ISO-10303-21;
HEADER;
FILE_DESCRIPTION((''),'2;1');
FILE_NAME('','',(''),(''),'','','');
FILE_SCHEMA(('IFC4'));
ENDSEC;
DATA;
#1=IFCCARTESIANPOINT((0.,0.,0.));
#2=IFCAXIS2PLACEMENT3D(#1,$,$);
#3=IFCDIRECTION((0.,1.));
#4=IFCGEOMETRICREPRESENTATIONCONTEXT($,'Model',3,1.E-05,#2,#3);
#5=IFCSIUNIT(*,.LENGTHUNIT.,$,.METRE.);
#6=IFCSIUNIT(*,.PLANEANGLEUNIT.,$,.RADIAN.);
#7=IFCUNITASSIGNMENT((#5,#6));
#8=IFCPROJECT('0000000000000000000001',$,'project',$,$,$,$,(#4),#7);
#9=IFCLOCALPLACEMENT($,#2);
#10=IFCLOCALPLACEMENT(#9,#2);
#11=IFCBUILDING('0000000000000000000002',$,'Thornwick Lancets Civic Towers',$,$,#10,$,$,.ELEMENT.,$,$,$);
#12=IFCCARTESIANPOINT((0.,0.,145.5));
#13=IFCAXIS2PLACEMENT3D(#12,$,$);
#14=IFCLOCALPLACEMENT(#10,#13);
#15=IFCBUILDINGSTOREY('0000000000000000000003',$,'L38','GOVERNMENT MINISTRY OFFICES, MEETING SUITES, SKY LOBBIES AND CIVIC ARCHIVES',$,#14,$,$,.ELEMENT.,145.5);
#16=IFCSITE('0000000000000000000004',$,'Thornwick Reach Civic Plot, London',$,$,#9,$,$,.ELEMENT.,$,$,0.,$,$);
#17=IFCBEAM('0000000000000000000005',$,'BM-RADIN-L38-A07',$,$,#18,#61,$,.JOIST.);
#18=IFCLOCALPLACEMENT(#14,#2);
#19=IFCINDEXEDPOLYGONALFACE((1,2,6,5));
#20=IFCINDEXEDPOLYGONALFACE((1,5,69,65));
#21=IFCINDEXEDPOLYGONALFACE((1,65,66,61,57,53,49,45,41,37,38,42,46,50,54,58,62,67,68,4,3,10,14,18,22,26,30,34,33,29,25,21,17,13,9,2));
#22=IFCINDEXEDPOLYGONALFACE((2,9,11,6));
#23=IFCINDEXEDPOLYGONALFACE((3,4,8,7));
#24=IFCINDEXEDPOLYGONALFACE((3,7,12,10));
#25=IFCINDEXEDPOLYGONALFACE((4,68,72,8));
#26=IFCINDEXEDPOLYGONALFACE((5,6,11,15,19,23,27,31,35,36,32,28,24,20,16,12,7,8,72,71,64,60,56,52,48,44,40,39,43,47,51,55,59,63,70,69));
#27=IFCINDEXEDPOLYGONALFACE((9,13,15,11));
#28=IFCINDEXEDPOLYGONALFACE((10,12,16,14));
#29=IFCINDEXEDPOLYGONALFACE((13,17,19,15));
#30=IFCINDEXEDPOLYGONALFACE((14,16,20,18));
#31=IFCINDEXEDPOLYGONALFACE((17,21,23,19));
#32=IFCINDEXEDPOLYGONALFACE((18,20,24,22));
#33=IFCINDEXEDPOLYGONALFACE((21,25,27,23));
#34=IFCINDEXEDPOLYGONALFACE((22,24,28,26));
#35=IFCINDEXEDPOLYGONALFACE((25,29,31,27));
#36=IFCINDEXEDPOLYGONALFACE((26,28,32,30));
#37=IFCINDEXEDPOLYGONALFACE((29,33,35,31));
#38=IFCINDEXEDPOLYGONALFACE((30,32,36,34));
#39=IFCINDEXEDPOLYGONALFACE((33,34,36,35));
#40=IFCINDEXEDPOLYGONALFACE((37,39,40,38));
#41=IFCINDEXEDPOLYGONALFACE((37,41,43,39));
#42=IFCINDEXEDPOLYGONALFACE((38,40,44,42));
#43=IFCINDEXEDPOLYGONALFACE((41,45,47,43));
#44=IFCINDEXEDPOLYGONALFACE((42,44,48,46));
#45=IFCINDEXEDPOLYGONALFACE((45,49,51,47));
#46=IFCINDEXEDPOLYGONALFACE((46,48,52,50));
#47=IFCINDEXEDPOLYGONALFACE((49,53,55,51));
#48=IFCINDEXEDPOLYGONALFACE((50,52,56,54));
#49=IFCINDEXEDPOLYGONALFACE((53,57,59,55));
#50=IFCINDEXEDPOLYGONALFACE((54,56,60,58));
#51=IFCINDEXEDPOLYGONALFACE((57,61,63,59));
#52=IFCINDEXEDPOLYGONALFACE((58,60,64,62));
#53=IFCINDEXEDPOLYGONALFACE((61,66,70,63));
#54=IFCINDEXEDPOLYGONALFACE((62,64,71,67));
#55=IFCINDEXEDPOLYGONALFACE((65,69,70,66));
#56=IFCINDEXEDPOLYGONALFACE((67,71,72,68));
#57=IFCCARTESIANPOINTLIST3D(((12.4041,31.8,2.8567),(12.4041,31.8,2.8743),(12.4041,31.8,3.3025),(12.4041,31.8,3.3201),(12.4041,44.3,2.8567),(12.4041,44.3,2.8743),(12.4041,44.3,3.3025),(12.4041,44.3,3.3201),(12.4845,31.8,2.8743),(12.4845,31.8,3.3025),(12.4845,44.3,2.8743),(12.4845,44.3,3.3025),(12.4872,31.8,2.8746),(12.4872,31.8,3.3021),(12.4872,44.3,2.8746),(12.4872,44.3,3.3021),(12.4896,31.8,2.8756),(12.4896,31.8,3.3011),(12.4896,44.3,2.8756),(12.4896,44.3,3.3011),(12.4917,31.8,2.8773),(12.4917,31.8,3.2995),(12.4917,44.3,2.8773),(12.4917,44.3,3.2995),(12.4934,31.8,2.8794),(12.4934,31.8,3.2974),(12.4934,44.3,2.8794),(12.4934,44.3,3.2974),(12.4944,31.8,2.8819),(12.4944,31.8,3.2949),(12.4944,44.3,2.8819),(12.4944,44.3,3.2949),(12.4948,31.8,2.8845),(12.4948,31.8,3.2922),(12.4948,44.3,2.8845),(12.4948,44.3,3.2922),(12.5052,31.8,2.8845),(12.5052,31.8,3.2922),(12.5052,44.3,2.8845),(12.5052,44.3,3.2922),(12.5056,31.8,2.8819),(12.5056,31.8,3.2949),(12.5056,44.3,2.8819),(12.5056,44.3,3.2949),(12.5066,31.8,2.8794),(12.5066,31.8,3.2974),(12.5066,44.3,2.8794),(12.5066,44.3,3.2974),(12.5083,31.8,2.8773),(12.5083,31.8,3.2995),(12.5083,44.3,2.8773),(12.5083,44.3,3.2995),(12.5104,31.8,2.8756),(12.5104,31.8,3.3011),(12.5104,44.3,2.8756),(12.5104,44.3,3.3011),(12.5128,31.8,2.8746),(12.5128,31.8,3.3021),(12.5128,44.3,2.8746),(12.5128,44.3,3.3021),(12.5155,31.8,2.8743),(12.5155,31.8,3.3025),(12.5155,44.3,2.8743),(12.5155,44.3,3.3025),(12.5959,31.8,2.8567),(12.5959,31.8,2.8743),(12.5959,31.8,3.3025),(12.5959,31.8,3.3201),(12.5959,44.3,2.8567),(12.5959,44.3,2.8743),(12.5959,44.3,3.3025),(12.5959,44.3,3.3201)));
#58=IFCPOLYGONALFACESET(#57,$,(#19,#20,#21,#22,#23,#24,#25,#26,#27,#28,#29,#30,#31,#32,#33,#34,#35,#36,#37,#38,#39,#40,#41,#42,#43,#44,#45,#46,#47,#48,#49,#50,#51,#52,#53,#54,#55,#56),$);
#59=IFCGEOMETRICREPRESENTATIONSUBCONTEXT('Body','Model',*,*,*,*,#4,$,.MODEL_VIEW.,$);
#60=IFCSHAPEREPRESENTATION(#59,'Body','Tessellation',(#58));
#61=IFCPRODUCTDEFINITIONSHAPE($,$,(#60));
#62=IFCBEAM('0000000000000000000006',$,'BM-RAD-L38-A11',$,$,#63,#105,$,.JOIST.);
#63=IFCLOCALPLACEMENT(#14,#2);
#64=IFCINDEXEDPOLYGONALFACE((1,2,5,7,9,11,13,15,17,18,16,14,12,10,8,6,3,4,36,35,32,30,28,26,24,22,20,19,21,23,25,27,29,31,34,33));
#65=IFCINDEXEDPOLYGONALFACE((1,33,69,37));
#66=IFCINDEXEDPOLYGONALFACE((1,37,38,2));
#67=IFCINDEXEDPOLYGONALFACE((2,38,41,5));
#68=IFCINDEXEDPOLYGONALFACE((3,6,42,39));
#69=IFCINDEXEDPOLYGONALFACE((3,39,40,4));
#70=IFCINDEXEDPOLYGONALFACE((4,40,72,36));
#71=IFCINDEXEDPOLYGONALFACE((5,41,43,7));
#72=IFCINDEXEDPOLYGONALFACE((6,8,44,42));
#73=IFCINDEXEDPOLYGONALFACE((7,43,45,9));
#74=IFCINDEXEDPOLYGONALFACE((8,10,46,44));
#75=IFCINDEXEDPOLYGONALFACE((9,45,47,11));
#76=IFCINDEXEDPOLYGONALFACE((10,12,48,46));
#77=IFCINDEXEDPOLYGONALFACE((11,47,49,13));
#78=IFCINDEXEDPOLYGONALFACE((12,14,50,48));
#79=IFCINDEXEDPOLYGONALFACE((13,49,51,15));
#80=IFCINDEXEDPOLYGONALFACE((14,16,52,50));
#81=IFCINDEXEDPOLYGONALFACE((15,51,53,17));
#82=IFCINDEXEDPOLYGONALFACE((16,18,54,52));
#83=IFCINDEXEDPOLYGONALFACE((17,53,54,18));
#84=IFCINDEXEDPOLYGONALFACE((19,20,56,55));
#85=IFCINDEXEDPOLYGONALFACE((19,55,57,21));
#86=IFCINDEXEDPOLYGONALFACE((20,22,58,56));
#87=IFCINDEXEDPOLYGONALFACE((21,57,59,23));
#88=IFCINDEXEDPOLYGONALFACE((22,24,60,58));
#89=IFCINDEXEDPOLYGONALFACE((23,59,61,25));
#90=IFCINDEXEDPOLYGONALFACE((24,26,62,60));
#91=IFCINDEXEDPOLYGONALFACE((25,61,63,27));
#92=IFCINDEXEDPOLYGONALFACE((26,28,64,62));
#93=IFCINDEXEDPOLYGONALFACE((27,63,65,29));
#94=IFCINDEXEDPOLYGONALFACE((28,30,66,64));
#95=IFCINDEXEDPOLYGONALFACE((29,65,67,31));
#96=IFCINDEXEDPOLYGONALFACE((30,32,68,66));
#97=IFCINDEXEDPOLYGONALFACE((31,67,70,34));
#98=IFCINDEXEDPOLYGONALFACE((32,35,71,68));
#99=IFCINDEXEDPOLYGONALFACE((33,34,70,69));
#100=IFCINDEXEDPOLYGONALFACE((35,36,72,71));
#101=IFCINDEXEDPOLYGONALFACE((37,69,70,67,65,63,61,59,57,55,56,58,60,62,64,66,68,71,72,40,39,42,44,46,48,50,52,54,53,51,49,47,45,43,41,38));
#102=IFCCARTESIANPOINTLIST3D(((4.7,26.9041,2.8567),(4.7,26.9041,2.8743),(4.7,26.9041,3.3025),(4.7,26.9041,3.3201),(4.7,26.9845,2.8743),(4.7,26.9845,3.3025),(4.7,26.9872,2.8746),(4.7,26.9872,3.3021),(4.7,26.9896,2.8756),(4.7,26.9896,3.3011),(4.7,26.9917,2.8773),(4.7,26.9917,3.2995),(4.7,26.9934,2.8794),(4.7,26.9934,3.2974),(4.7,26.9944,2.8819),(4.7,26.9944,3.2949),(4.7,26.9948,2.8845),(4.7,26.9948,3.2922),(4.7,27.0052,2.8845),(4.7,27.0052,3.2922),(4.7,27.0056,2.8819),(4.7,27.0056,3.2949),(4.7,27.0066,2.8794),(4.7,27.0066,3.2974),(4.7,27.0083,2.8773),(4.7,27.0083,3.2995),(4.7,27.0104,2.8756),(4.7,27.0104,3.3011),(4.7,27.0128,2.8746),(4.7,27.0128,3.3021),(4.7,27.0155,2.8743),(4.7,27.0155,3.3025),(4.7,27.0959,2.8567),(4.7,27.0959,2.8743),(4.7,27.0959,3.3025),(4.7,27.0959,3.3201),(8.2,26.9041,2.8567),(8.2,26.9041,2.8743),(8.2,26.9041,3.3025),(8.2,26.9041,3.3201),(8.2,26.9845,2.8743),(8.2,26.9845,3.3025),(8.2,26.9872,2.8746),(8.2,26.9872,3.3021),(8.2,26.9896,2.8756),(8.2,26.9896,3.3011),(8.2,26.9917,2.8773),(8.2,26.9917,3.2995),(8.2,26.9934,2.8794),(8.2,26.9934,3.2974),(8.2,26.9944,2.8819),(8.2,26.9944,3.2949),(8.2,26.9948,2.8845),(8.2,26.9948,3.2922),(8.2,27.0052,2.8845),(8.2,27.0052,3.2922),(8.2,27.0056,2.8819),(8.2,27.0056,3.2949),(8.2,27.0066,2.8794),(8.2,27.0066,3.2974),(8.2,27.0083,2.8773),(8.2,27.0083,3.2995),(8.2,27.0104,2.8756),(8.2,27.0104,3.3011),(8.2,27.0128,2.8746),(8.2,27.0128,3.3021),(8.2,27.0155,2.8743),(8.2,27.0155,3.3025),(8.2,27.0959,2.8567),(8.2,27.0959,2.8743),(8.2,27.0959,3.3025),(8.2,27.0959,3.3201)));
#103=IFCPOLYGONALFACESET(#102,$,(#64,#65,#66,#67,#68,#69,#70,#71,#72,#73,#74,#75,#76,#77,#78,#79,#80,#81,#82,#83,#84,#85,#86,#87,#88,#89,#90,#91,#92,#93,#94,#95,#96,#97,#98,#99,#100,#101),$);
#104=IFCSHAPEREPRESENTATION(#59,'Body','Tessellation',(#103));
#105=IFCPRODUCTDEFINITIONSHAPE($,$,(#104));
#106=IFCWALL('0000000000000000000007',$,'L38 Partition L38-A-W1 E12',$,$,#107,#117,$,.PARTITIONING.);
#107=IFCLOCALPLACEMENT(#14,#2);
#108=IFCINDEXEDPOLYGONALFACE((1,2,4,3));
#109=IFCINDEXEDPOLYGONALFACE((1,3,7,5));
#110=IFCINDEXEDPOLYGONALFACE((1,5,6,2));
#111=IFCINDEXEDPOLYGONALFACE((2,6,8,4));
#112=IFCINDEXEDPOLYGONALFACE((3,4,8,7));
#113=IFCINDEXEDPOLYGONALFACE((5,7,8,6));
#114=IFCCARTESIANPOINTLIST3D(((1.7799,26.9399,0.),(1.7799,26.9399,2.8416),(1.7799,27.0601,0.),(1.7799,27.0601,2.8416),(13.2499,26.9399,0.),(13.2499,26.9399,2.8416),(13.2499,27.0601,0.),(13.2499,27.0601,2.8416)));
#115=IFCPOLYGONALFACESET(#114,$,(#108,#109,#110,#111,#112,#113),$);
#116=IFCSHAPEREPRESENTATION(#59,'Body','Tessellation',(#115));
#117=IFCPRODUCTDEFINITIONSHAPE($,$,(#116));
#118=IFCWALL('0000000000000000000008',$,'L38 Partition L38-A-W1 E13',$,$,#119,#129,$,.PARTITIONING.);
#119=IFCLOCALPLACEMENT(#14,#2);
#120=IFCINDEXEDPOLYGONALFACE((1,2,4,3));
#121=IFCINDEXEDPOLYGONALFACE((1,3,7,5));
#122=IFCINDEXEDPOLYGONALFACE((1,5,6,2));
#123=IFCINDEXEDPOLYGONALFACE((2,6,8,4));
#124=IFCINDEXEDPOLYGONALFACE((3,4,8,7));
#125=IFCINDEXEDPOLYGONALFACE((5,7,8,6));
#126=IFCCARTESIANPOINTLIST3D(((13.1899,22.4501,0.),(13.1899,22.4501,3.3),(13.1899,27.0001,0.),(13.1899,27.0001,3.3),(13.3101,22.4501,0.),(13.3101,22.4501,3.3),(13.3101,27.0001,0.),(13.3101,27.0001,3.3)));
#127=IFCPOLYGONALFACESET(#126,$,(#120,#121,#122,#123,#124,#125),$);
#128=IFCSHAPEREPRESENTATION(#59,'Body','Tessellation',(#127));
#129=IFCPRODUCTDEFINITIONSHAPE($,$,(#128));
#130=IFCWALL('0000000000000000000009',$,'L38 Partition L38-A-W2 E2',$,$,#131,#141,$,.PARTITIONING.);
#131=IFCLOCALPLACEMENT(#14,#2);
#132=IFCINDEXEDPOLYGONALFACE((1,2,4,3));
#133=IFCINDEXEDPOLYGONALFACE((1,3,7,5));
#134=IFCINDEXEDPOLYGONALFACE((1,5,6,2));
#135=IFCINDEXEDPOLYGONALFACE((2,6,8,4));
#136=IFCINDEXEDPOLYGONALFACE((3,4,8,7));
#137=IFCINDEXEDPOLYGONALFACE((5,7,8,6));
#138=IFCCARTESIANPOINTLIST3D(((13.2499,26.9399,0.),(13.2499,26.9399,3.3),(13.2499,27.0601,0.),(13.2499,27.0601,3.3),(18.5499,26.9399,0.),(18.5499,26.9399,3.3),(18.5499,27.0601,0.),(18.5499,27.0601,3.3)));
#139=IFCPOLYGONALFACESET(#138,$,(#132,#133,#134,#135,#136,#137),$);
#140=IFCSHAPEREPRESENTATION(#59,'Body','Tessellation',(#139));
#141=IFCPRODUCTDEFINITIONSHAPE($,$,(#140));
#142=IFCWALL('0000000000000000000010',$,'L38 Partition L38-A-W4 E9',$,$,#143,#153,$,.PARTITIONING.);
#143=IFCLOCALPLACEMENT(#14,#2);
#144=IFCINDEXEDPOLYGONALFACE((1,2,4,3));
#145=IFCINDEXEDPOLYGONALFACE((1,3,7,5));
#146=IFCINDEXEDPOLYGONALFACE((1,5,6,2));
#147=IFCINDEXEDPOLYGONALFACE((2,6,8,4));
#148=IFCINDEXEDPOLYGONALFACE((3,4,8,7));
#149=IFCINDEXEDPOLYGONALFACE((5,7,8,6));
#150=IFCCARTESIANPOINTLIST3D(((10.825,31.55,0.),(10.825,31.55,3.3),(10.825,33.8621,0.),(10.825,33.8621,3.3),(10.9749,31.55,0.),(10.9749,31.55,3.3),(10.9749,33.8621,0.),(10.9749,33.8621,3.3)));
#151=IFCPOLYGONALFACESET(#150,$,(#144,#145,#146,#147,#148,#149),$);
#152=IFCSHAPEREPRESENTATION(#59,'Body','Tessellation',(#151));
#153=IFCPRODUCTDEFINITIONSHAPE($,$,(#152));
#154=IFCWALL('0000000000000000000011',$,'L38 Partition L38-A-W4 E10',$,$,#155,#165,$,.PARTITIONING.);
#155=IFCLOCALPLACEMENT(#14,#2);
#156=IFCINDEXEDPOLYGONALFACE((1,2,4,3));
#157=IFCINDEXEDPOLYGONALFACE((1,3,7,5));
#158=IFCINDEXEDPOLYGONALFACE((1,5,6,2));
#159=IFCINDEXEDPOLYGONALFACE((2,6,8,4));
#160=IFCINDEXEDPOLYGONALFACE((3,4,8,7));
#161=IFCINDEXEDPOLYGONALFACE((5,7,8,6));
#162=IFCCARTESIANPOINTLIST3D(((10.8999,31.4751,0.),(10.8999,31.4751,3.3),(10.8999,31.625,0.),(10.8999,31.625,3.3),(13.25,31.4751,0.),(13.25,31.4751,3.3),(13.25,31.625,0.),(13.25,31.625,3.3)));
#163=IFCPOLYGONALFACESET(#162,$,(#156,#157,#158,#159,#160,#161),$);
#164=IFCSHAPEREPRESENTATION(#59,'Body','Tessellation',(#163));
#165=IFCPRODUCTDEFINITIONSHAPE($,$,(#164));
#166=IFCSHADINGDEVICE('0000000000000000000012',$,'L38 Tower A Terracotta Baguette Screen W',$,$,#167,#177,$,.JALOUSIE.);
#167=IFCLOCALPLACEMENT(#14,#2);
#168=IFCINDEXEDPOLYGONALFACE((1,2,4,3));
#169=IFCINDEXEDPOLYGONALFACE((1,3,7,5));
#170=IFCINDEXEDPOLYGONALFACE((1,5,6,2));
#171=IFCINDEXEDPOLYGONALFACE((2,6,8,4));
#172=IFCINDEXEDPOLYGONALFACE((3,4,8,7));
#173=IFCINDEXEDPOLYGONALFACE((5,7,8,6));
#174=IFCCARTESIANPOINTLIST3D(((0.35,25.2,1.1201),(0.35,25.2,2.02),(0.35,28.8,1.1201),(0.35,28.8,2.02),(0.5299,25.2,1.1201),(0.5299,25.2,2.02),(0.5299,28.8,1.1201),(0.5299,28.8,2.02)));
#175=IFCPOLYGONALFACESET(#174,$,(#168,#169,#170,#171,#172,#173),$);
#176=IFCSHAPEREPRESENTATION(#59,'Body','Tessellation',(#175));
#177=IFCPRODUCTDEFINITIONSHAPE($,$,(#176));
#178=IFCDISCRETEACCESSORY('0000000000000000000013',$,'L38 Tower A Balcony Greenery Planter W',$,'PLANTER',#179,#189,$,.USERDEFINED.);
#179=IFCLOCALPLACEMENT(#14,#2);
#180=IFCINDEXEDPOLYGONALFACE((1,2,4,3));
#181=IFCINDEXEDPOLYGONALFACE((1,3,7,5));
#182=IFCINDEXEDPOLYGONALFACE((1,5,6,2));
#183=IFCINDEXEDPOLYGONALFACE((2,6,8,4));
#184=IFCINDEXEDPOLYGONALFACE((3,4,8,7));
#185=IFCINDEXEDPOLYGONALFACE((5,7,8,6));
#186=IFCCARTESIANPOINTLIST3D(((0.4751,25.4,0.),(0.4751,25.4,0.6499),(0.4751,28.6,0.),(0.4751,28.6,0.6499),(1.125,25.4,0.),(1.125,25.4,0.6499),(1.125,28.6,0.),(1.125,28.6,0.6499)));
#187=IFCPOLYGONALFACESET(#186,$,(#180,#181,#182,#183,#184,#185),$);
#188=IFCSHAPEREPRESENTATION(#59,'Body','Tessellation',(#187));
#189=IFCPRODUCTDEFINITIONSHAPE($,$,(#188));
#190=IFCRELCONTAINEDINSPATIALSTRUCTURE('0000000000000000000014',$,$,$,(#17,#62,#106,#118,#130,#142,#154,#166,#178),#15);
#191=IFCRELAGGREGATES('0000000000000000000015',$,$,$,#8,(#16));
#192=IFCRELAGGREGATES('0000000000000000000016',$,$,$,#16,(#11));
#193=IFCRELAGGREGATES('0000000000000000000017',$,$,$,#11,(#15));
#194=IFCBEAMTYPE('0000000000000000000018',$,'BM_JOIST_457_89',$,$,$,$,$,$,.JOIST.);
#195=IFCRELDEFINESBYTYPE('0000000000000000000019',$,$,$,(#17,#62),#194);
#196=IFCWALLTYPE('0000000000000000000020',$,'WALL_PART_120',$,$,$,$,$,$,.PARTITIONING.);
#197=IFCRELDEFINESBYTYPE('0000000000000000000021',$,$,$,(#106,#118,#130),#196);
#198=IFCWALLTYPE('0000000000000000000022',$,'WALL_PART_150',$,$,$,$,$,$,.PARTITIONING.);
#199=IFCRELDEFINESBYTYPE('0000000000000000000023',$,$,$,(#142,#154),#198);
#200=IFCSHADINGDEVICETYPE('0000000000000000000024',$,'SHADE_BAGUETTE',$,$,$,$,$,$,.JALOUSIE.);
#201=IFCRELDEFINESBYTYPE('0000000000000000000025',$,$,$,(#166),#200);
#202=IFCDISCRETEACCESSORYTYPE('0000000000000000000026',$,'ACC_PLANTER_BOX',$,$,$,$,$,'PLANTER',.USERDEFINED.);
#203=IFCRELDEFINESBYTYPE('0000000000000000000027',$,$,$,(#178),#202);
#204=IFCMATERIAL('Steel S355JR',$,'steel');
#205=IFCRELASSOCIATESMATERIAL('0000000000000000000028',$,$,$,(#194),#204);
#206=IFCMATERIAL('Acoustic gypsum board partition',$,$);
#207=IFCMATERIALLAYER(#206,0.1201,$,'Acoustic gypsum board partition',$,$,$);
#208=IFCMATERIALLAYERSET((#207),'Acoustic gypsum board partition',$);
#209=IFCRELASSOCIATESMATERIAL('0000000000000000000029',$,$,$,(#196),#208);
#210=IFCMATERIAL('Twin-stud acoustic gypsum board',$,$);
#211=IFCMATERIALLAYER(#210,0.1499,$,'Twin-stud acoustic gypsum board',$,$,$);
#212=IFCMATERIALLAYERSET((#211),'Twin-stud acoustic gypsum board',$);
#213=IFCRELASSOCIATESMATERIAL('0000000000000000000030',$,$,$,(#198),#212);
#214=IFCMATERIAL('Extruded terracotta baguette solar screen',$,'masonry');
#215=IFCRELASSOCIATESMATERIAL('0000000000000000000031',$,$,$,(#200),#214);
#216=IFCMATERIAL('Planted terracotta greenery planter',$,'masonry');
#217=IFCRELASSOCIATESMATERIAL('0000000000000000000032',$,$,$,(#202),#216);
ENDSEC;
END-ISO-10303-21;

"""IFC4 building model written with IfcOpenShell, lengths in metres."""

from ifc_helpers import new_model, si_unit, direction, frame, frame_2d, origin, origin_2d, place, context, subcontext, project, spatial, rectangle, i_section, extrude, material, layer, layer_set, material_profile, profile_set, type_object, element, save


model = new_model("IFC4")

# Units and contexts
model_context = context("Model", 3, precision=1e-05, world=origin(), true_north=direction((0.0, 1.0)))
body_context = subcontext(model_context, "Body", "Model", "MODEL_VIEW")
ifc_project = project(units=[si_unit("LENGTHUNIT", "METRE"), si_unit("PLANEANGLEUNIT", "RADIAN")], contexts=[model_context])

# Site, building, storey
site_placement = place(None, origin())
site = spatial("IfcSite", under=ifc_project, at=site_placement, Name="Thornwick Reach Civic Plot, London", CompositionType="ELEMENT", RefElevation=0.0)
building_placement = place(site_placement, origin())
building = spatial("IfcBuilding", under=site, at=building_placement, Name="Thornwick Lancets Civic Towers", CompositionType="ELEMENT")
storey_placement = place(building_placement, frame((0.0, 0.0, 145.5)))
storey = spatial("IfcBuildingStorey", under=building, at=storey_placement, Name="L38", Description="GOVERNMENT MINISTRY OFFICES, MEETING SUITES, SKY LOBBIES AND CIVIC ARCHIVES", CompositionType="ELEMENT", Elevation=145.5)

# Beams
ifc_material_1 = material(Name="Steel S355JR", Category="steel")
ifc_material_profile_1 = material_profile(ifc_material_1, i_section(OverallWidth=0.1919, OverallDepth=0.4634, WebThickness=0.0105, FlangeThickness=0.0176, FilletRadius=0.0103, at=origin_2d()), Name="UKB 457x191x89")
ifc_profile_set_1 = profile_set([ifc_material_profile_1], Name="Steel S355JR")
beam_type_1 = type_object("IfcBeamType", Name="BM_JOIST_457_89", PredefinedType="JOIST", material=ifc_profile_set_1)
beam_1_placement = place(storey_placement, frame((12.5, 31.8, 3.0884), z_axis=(0.0, 1.0, 0.0), x_axis=(-1.0, 0.0, 0.0)))
element("IfcBeam", 1, at=beam_1_placement, inside=storey, type_object=beam_type_1, Name="BM-RADIN-L38-A07", PredefinedType="JOIST", context=body_context, shape_type="SweptSolid", body=[
    extrude(i_section(OverallWidth=0.1919, OverallDepth=0.4634, WebThickness=0.0105, FlangeThickness=0.0176, FilletRadius=0.0103, at=origin_2d()), origin(), (0.0, 0.0, 1.0), 12.5),
])
beam_2_placement = place(storey_placement, frame((8.2, 27.0, 3.0884), z_axis=(-1.0, 0.0, 0.0), x_axis=(0.0, -1.0, 0.0)))
element("IfcBeam", 2, at=beam_2_placement, inside=storey, type_object=beam_type_1, Name="BM-RAD-L38-A11", PredefinedType="JOIST", context=body_context, shape_type="SweptSolid", body=[
    extrude(i_section(OverallWidth=0.1919, OverallDepth=0.4634, WebThickness=0.0105, FlangeThickness=0.0176, FilletRadius=0.0103, at=origin_2d()), origin(), (0.0, 0.0, 1.0), 3.5),
])

# Walls
ifc_material_2 = material(Name="Acoustic gypsum board partition")
ifc_layer_1 = layer(ifc_material_2, 0.1201, Name="Acoustic gypsum board partition")
ifc_layer_set_1 = layer_set([ifc_layer_1], Name="Acoustic gypsum board partition")
wall_type_1 = type_object("IfcWallType", Name="WALL_PART_120", PredefinedType="PARTITIONING", material=ifc_layer_set_1)
wall_1_placement = place(storey_placement, frame((1.78, 27.0, 0.0), z_axis=(0.0, 0.0, 1.0), x_axis=(1.0, 0.0, 0.0)))
element("IfcWall", 3, at=wall_1_placement, inside=storey, type_object=wall_type_1, Name="L38 Partition L38-A-W1 E12", PredefinedType="PARTITIONING", context=body_context, shape_type="SweptSolid", body=[
    extrude(rectangle(XDim=11.47, YDim=0.1201, at=frame_2d((5.7349, 0.0))), origin(), (0.0, 0.0, 1.0), 2.8416),
])
wall_2_placement = place(storey_placement, frame((13.25, 27.0, 0.0), z_axis=(0.0, 0.0, 1.0), x_axis=(0.0, -1.0, 0.0)))
element("IfcWall", 4, at=wall_2_placement, inside=storey, type_object=wall_type_1, Name="L38 Partition L38-A-W1 E13", PredefinedType="PARTITIONING", context=body_context, shape_type="SweptSolid", body=[
    extrude(rectangle(XDim=4.55, YDim=0.1201, at=frame_2d((2.2749, 0.0))), origin(), (0.0, 0.0, 1.0), 3.3),
])
wall_3_placement = place(storey_placement, frame((13.25, 27.0, 0.0), z_axis=(0.0, 0.0, 1.0), x_axis=(1.0, 0.0, 0.0)))
element("IfcWall", 5, at=wall_3_placement, inside=storey, type_object=wall_type_1, Name="L38 Partition L38-A-W2 E2", PredefinedType="PARTITIONING", context=body_context, shape_type="SweptSolid", body=[
    extrude(rectangle(XDim=5.3, YDim=0.1201, at=frame_2d((2.6499, 0.0))), origin(), (0.0, 0.0, 1.0), 3.3),
])
ifc_material_3 = material(Name="Twin-stud acoustic gypsum board")
ifc_layer_2 = layer(ifc_material_3, 0.1499, Name="Twin-stud acoustic gypsum board")
ifc_layer_set_2 = layer_set([ifc_layer_2], Name="Twin-stud acoustic gypsum board")
wall_type_2 = type_object("IfcWallType", Name="WALL_PART_150", PredefinedType="PARTITIONING", material=ifc_layer_set_2)
wall_4_placement = place(storey_placement, frame((10.8999, 33.8621, 0.0), z_axis=(0.0, 0.0, 1.0), x_axis=(0.0, -1.0, 0.0)))
element("IfcWall", 6, at=wall_4_placement, inside=storey, type_object=wall_type_2, Name="L38 Partition L38-A-W4 E9", PredefinedType="PARTITIONING", context=body_context, shape_type="SweptSolid", body=[
    extrude(rectangle(XDim=2.312, YDim=0.1499, at=frame_2d((1.156, 0.0))), origin(), (0.0, 0.0, 1.0), 3.3),
])
wall_5_placement = place(storey_placement, frame((10.8999, 31.55, 0.0), z_axis=(0.0, 0.0, 1.0), x_axis=(1.0, 0.0, 0.0)))
element("IfcWall", 7, at=wall_5_placement, inside=storey, type_object=wall_type_2, Name="L38 Partition L38-A-W4 E10", PredefinedType="PARTITIONING", context=body_context, shape_type="SweptSolid", body=[
    extrude(rectangle(XDim=2.3501, YDim=0.1499, at=frame_2d((1.175, 0.0))), origin(), (0.0, 0.0, 1.0), 3.3),
])

# Shading device
ifc_material_4 = material(Name="Extruded terracotta baguette solar screen", Category="masonry")
shading_device_type = type_object("IfcShadingDeviceType", Name="SHADE_BAGUETTE", PredefinedType="JALOUSIE", material=ifc_material_4)
shading_device_placement = place(storey_placement, frame((0.4399, 27.0, 1.1201), z_axis=(0.0, 0.0, 1.0), x_axis=(0.0, 1.0, 0.0)))
element("IfcShadingDevice", 8, at=shading_device_placement, inside=storey, type_object=shading_device_type, Name="L38 Tower A Terracotta Baguette Screen W", PredefinedType="JALOUSIE", context=body_context, shape_type="SweptSolid", body=[
    extrude(rectangle(XDim=3.6001, YDim=0.1799, at=origin_2d()), origin(), (0.0, 0.0, 1.0), 0.8999),
])

# Discrete accessory
ifc_material_5 = material(Name="Planted terracotta greenery planter", Category="masonry")
discrete_accessory_type_1 = type_object("IfcDiscreteAccessoryType", Name="ACC_PLANTER_BOX", ElementType="PLANTER", PredefinedType="USERDEFINED", material=ifc_material_5)
discrete_accessory_1_placement = place(storey_placement, frame((0.8, 27.0, 0.0), z_axis=(0.0, 0.0, 1.0), x_axis=(1.0, 0.0, 0.0)))
element("IfcDiscreteAccessory", 9, at=discrete_accessory_1_placement, inside=storey, type_object=discrete_accessory_type_1, Name="L38 Tower A Balcony Greenery Planter W", ObjectType="PLANTER", PredefinedType="USERDEFINED", context=body_context, shape_type="SweptSolid", body=[
    extrude(rectangle(XDim=0.6499, YDim=3.2, at=origin_2d()), origin(), (0.0, 0.0, 1.0), 0.6499),
])

save(model, "model.ifc")
